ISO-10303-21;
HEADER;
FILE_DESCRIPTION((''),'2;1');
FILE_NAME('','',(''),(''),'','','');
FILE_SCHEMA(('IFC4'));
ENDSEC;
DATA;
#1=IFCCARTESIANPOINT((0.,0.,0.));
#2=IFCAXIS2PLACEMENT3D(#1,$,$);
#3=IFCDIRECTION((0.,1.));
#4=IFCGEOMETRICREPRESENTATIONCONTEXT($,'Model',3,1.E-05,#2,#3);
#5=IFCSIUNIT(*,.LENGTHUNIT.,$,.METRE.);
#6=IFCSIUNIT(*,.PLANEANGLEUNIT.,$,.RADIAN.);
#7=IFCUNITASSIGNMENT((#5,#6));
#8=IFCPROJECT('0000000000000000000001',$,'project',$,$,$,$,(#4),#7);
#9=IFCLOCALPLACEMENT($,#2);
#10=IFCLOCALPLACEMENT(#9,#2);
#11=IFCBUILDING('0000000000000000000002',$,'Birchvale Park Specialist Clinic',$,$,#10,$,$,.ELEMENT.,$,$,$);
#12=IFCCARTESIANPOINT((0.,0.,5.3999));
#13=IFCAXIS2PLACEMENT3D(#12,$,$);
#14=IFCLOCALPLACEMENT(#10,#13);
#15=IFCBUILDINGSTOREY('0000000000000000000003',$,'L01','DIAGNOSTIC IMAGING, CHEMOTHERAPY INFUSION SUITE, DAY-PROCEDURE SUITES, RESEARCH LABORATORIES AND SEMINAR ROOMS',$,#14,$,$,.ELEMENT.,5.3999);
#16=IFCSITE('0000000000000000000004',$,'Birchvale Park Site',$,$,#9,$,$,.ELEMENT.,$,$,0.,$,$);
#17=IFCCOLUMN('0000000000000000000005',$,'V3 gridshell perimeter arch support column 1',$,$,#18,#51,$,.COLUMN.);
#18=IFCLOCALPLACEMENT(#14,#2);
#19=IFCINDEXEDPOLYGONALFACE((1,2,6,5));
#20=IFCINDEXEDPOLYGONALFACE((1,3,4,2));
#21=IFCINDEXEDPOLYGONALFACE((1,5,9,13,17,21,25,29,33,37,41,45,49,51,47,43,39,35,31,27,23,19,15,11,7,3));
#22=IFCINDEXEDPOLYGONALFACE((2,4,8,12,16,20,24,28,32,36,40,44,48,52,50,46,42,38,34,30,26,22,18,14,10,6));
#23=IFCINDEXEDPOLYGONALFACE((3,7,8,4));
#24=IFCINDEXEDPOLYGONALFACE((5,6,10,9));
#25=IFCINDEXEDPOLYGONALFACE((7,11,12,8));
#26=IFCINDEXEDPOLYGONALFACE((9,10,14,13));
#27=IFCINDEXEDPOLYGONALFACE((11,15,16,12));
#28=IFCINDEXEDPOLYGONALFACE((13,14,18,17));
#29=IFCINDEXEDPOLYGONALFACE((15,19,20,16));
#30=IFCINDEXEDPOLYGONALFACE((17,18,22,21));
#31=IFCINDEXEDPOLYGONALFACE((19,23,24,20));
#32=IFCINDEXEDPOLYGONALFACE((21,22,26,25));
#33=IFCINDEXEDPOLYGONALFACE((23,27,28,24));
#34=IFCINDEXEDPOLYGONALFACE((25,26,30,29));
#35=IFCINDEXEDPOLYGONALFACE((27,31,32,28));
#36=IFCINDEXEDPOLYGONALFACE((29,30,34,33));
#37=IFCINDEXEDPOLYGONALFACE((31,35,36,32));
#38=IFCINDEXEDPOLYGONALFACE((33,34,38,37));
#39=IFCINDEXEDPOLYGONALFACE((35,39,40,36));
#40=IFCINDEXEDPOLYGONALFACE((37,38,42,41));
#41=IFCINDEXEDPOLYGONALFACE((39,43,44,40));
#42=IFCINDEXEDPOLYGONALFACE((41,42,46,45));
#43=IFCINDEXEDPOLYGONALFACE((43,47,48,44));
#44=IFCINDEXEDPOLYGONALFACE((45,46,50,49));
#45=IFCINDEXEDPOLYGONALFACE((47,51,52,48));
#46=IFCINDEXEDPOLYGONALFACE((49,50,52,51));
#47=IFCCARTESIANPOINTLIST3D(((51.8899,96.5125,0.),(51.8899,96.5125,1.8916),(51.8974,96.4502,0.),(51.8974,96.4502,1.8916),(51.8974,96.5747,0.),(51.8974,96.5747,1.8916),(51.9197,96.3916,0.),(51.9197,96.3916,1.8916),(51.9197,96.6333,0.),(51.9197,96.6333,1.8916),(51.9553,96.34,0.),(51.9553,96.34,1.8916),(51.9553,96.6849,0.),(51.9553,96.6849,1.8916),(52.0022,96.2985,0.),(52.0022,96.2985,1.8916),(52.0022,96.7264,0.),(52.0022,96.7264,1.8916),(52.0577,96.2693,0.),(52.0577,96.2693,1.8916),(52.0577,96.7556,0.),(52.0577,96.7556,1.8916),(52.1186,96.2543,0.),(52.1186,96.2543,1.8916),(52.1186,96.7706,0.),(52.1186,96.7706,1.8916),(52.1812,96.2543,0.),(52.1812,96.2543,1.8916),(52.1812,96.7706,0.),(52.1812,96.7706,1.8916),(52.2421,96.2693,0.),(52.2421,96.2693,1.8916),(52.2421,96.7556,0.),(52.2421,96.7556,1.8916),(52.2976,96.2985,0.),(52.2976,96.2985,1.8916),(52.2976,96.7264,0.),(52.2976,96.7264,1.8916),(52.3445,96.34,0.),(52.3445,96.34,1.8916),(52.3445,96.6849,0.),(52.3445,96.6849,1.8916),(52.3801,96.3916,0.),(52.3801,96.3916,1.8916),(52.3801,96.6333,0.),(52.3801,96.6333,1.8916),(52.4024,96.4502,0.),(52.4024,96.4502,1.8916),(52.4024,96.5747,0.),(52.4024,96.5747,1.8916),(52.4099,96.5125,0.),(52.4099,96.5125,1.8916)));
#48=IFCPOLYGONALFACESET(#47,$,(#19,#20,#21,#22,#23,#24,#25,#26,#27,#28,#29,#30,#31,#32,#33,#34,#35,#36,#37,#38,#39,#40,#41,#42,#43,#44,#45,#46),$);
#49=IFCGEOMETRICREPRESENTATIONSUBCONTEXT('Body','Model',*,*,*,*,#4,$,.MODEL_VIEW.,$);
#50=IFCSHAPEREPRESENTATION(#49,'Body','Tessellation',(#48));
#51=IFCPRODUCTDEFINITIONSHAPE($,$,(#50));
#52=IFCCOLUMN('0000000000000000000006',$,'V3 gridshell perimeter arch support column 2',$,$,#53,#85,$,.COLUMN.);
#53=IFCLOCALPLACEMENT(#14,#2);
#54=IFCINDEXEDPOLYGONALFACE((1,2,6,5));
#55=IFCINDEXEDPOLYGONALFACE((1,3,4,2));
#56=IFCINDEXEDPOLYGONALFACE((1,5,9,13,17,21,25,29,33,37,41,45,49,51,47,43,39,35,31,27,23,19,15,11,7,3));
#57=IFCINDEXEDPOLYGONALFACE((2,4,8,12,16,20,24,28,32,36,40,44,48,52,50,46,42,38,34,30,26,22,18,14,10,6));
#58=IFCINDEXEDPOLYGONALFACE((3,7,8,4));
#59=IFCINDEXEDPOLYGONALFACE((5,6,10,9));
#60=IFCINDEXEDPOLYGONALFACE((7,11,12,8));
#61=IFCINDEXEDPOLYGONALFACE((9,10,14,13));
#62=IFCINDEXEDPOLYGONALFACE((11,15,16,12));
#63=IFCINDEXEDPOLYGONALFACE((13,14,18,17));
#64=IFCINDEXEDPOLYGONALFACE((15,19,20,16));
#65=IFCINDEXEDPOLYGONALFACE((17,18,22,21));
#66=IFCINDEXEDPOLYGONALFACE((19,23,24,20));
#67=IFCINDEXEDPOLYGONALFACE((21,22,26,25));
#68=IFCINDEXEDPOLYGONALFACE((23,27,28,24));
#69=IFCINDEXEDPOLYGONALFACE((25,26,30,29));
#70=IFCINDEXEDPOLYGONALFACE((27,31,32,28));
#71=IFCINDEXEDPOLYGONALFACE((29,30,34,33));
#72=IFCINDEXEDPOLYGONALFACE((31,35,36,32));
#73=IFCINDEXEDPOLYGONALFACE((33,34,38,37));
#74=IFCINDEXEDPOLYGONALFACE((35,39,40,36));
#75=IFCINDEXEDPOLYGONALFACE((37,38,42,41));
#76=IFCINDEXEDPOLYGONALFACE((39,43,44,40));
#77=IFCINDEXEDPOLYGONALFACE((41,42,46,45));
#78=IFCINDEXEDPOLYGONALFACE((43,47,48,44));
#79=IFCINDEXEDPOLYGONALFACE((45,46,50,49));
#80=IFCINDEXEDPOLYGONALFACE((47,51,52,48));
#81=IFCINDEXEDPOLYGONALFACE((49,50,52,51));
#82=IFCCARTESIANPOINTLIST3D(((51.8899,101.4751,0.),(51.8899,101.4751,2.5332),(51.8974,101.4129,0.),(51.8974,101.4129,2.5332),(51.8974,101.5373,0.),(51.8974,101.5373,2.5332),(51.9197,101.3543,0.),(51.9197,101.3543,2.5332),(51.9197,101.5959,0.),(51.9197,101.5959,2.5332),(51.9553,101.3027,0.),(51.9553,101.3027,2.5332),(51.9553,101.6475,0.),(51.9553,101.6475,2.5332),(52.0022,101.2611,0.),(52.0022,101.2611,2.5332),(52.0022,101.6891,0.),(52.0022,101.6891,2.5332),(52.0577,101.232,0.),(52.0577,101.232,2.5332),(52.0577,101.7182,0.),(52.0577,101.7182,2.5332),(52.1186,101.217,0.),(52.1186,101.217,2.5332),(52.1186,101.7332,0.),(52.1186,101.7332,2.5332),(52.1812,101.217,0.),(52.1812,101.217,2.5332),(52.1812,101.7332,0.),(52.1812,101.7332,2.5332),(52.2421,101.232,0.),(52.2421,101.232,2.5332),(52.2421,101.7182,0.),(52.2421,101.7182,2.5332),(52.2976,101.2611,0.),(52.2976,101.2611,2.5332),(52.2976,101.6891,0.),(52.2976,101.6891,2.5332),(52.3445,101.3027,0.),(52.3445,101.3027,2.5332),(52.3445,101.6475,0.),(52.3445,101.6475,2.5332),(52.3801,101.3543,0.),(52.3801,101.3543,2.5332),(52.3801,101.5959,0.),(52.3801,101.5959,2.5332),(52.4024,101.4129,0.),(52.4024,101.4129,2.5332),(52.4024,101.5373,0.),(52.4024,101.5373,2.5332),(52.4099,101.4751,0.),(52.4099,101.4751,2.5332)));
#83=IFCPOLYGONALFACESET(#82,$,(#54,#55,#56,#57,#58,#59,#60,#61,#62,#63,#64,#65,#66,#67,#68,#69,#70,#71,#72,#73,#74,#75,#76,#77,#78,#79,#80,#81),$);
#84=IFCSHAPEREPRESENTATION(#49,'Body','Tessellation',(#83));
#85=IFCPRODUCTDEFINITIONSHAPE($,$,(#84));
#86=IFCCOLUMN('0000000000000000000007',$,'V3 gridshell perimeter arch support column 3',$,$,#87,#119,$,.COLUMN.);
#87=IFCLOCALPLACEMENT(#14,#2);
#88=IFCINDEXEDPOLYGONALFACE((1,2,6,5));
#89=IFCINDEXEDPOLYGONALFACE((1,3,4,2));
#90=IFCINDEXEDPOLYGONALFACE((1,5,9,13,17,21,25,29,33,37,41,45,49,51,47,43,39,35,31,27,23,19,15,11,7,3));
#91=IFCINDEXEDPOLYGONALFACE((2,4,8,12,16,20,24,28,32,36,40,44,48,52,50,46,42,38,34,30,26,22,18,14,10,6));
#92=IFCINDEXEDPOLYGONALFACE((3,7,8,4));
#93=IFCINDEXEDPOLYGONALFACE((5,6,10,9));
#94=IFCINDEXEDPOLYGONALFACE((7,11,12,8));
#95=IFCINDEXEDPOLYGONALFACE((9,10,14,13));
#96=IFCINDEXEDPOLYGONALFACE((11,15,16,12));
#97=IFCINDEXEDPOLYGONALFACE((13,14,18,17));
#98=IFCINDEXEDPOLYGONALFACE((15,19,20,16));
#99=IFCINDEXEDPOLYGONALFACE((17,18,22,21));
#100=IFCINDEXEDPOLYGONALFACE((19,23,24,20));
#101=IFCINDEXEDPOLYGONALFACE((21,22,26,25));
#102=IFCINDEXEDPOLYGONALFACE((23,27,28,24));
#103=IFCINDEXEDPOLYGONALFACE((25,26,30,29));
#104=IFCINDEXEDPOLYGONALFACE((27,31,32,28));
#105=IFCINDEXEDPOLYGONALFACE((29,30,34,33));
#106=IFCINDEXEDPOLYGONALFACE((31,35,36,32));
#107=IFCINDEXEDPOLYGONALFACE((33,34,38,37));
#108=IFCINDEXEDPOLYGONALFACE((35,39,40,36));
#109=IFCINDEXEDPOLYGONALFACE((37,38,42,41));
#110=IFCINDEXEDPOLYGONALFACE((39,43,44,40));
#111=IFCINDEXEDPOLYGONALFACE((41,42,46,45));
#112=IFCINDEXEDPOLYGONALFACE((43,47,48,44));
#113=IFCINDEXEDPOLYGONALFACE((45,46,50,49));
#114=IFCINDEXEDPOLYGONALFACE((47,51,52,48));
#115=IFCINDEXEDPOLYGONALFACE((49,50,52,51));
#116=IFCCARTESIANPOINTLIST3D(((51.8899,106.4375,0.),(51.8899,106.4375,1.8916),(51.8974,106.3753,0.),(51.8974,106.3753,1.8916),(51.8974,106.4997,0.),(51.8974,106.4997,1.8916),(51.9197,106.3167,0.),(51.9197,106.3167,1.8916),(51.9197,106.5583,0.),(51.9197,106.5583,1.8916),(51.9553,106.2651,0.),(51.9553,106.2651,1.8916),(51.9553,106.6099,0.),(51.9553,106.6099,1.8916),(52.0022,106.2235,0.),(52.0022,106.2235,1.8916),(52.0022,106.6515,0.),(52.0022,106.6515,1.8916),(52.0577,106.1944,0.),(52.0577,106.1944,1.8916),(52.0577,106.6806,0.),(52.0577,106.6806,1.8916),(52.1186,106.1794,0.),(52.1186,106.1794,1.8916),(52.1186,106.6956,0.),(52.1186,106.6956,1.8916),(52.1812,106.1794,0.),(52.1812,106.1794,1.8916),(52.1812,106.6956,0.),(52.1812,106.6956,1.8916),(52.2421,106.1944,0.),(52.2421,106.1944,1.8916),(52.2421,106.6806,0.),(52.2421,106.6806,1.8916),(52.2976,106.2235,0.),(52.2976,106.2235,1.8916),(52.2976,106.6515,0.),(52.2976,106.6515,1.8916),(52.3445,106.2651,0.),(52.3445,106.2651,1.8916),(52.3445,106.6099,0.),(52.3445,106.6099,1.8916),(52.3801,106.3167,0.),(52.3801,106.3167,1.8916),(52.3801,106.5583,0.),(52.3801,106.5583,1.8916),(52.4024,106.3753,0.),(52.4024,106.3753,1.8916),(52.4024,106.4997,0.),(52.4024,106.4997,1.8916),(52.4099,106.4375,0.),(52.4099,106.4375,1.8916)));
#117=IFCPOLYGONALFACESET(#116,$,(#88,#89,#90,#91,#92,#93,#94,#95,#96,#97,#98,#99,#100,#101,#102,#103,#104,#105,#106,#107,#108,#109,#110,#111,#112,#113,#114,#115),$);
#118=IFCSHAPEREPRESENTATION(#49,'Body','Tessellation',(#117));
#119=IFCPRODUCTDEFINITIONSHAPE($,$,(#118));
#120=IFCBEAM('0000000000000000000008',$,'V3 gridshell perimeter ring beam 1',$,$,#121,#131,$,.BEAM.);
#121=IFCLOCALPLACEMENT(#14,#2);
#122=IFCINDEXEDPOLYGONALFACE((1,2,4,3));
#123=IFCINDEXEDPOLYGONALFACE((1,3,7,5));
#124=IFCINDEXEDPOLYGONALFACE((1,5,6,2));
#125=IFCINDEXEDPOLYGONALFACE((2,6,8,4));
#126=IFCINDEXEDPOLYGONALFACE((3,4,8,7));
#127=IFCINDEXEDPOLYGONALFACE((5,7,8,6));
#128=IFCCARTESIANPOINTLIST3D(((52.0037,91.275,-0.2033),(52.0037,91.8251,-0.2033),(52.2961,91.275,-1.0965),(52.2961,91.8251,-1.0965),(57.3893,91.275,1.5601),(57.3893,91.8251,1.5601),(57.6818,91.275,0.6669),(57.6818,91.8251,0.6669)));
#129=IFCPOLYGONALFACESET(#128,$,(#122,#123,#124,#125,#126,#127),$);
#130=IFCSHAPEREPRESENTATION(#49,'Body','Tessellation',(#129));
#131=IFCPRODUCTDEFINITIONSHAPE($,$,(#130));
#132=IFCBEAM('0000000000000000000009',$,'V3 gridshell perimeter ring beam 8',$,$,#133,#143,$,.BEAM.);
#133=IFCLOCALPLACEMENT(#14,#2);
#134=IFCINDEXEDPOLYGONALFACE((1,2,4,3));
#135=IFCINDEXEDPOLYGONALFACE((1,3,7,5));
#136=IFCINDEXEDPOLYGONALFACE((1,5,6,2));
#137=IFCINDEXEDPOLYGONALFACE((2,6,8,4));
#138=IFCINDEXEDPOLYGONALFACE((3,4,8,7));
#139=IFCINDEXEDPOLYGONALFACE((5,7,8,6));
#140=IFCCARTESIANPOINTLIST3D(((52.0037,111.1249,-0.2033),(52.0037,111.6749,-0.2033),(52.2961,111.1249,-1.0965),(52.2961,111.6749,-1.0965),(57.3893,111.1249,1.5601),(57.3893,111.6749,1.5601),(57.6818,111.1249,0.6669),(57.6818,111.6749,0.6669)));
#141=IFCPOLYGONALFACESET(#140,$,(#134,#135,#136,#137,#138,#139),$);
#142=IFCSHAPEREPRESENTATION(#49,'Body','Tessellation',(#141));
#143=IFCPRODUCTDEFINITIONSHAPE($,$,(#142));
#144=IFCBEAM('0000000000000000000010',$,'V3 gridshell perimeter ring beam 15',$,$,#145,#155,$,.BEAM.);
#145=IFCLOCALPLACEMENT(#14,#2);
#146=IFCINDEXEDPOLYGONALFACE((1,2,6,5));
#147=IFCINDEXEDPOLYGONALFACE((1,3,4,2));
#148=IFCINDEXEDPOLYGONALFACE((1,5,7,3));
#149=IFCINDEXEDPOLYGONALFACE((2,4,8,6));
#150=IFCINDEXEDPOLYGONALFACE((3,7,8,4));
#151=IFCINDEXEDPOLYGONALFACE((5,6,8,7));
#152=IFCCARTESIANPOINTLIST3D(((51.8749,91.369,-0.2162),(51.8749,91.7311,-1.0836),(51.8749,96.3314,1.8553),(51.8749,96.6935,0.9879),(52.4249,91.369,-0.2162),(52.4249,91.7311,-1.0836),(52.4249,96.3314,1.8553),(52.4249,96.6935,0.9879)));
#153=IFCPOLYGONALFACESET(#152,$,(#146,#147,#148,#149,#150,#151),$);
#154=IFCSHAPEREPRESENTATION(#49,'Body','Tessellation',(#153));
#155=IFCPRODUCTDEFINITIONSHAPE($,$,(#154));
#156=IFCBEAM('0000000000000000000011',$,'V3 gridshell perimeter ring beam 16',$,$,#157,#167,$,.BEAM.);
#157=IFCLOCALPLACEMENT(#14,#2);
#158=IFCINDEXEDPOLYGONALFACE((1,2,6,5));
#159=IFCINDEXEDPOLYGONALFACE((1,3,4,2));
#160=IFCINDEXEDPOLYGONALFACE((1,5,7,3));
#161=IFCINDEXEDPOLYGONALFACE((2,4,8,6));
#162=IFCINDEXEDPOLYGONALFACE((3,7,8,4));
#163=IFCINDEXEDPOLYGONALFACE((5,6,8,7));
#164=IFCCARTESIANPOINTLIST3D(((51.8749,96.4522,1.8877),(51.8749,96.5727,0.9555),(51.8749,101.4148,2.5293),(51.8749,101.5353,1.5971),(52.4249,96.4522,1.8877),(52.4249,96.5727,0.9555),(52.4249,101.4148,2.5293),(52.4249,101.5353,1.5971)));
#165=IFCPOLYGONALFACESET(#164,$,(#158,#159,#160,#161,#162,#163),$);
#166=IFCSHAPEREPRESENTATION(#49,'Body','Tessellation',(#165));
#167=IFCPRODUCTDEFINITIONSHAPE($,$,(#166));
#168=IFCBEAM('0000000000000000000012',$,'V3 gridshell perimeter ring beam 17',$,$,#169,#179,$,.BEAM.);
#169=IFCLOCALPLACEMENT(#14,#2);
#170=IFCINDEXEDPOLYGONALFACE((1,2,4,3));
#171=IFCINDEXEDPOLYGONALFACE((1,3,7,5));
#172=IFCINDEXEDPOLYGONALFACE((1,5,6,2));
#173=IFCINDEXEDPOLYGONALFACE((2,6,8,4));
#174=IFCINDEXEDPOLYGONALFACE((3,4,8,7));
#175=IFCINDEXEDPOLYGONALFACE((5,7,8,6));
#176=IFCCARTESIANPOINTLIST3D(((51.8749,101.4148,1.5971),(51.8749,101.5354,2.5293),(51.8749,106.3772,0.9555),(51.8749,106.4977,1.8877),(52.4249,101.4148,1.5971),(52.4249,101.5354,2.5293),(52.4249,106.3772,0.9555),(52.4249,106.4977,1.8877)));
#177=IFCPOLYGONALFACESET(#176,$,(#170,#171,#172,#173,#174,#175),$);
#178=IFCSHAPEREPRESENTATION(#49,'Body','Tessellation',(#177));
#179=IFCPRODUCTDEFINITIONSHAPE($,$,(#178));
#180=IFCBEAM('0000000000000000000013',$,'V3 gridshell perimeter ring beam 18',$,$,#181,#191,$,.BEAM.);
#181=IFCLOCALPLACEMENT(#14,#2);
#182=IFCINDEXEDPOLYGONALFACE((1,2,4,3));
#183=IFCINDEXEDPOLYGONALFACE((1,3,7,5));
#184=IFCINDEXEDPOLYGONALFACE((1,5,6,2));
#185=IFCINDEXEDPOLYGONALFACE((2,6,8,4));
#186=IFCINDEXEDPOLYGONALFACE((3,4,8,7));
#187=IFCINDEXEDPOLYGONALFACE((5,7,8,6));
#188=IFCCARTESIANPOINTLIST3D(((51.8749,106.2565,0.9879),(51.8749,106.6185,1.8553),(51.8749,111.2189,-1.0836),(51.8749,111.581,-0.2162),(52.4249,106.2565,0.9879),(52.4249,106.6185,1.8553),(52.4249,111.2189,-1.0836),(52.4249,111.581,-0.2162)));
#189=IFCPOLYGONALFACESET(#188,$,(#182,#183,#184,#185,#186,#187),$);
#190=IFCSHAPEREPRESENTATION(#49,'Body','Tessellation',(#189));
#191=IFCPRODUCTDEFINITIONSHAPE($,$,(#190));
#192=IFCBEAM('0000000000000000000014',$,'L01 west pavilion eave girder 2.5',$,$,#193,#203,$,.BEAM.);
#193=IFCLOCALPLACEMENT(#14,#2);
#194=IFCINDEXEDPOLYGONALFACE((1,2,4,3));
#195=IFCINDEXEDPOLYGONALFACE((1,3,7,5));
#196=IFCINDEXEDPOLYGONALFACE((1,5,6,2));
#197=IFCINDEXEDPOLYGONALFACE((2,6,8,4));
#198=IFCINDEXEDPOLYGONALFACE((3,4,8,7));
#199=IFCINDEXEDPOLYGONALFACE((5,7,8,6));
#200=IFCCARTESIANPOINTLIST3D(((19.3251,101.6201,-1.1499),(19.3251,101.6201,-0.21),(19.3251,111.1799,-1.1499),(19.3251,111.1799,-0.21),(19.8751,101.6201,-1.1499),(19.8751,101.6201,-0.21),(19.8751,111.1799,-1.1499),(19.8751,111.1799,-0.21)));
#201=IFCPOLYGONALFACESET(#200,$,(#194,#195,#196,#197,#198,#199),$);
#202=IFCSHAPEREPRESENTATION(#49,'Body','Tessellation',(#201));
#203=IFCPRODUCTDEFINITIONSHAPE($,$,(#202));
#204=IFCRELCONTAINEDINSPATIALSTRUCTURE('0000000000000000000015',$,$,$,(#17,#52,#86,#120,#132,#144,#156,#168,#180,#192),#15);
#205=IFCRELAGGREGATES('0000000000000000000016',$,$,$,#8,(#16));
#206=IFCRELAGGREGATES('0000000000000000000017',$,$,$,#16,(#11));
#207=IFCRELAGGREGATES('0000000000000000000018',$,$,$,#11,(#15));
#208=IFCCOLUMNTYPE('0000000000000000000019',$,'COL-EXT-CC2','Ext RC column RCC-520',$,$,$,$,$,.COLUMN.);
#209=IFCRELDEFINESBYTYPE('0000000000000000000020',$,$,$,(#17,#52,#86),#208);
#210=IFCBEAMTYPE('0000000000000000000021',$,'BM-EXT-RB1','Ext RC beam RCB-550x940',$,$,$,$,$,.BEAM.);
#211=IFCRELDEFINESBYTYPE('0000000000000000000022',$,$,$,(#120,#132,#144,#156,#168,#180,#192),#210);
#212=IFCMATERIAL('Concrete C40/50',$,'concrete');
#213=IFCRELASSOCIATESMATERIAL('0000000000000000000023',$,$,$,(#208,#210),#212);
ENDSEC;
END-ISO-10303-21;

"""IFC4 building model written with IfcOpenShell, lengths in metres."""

from ifc_helpers import new_model, si_unit, direction, frame, origin, origin_2d, place, context, subcontext, project, spatial, rectangle, circle, extrude, material, material_profile, profile_set, type_object, element, save


model = new_model("IFC4")

# Units and contexts
model_context = context("Model", 3, precision=1e-05, world=origin(), true_north=direction((0.0, 1.0)))
body_context = subcontext(model_context, "Body", "Model", "MODEL_VIEW")
ifc_project = project(units=[si_unit("LENGTHUNIT", "METRE"), si_unit("PLANEANGLEUNIT", "RADIAN")], contexts=[model_context])

# Site, building, storey
site_placement = place(None, origin())
site = spatial("IfcSite", under=ifc_project, at=site_placement, Name="Birchvale Park Site", CompositionType="ELEMENT", RefElevation=0.0)
building_placement = place(site_placement, origin())
building = spatial("IfcBuilding", under=site, at=building_placement, Name="Birchvale Park Specialist Clinic", CompositionType="ELEMENT")
storey_placement = place(building_placement, frame((0.0, 0.0, 5.3999)))
storey = spatial("IfcBuildingStorey", under=building, at=storey_placement, Name="L01", Description="DIAGNOSTIC IMAGING, CHEMOTHERAPY INFUSION SUITE, DAY-PROCEDURE SUITES, RESEARCH LABORATORIES AND SEMINAR ROOMS", CompositionType="ELEMENT", Elevation=5.3999)

# Columns
ifc_material_1 = material(Name="Concrete C40/50", Category="concrete")
ifc_material_profile_1 = material_profile(ifc_material_1, circle(Radius=0.26, at=origin_2d()), Name="RCC-520")
ifc_profile_set_1 = profile_set([ifc_material_profile_1], Name="Concrete C40/50")
column_type = type_object("IfcColumnType", Name="COL-EXT-CC2", Description="Ext RC column RCC-520", PredefinedType="COLUMN", material=ifc_profile_set_1)
column_1_placement = place(storey_placement, frame((52.1499, 96.5125, 0.0), z_axis=(0.0, 0.0, 1.0), x_axis=(1.0, 0.0, 0.0)))
element("IfcColumn", 1, at=column_1_placement, inside=storey, type_object=column_type, Name="V3 gridshell perimeter arch support column 1", PredefinedType="COLUMN", context=body_context, shape_type="SweptSolid", body=[
    extrude(circle(Radius=0.26, at=origin_2d()), origin(), (0.0, 0.0, 1.0), 1.8916),
])
column_2_placement = place(storey_placement, frame((52.1499, 101.4751, 0.0), z_axis=(0.0, 0.0, 1.0), x_axis=(1.0, 0.0, 0.0)))
element("IfcColumn", 2, at=column_2_placement, inside=storey, type_object=column_type, Name="V3 gridshell perimeter arch support column 2", PredefinedType="COLUMN", context=body_context, shape_type="SweptSolid", body=[
    extrude(circle(Radius=0.26, at=origin_2d()), origin(), (0.0, 0.0, 1.0), 2.5332),
])
column_3_placement = place(storey_placement, frame((52.1499, 106.4375, 0.0), z_axis=(0.0, 0.0, 1.0), x_axis=(1.0, 0.0, 0.0)))
element("IfcColumn", 3, at=column_3_placement, inside=storey, type_object=column_type, Name="V3 gridshell perimeter arch support column 3", PredefinedType="COLUMN", context=body_context, shape_type="SweptSolid", body=[
    extrude(circle(Radius=0.26, at=origin_2d()), origin(), (0.0, 0.0, 1.0), 1.8916),
])

# Beams
ifc_material_profile_2 = material_profile(ifc_material_1, rectangle(XDim=0.55, YDim=0.9399, at=origin_2d()), Name="RCB-550x940")
ifc_profile_set_2 = profile_set([ifc_material_profile_2], Name="Concrete C40/50")
beam_type = type_object("IfcBeamType", Name="BM-EXT-RB1", Description="Ext RC beam RCB-550x940", PredefinedType="BEAM", material=ifc_profile_set_2)
for number, where, z_axis, x_axis, name in (
    (4, (52.1499, 91.55, -0.6499), (0.950354, 0.0, 0.31117), (0.0, 1.0, 0.0), "V3 gridshell perimeter ring beam 1"),
    (5, (52.1499, 111.3999, -0.6499), (0.950354, 0.0, 0.31117), (0.0, 1.0, 0.0), "V3 gridshell perimeter ring beam 8"),
):
    element("IfcBeam", number, at=place(storey_placement, frame(where, z_axis=z_axis, x_axis=x_axis)), inside=storey, type_object=beam_type, Name=name, PredefinedType="BEAM", context=body_context, shape_type="SweptSolid", body=[
        extrude(rectangle(XDim=0.55, YDim=0.9399, at=origin_2d()), origin(), (0.0, 0.0, 1.0), 5.667),
    ])
beam_1_placement = place(storey_placement, frame((52.1499, 91.55, -0.6499), z_axis=(0.0, 0.922822, 0.385228), x_axis=(-1.0, 0.0, 0.0)))
element("IfcBeam", 6, at=beam_1_placement, inside=storey, type_object=beam_type, Name="V3 gridshell perimeter ring beam 15", PredefinedType="BEAM", context=body_context, shape_type="SweptSolid", body=[
    extrude(rectangle(XDim=0.55, YDim=0.9399, at=origin_2d()), origin(), (0.0, 0.0, 1.0), 5.3774),
])
beam_2_placement = place(storey_placement, frame((52.1499, 96.5125, 1.4216), z_axis=(0.0, 0.991746, 0.128219), x_axis=(-1.0, 0.0, 0.0)))
element("IfcBeam", 7, at=beam_2_placement, inside=storey, type_object=beam_type, Name="V3 gridshell perimeter ring beam 16", PredefinedType="BEAM", context=body_context, shape_type="SweptSolid", body=[
    extrude(rectangle(XDim=0.55, YDim=0.9399, at=origin_2d()), origin(), (0.0, 0.0, 1.0), 5.0039),
])
beam_3_placement = place(storey_placement, frame((52.1499, 101.4751, 2.0632), z_axis=(0.0, 0.991745, -0.128225), x_axis=(-1.0, 0.0, 0.0)))
element("IfcBeam", 8, at=beam_3_placement, inside=storey, type_object=beam_type, Name="V3 gridshell perimeter ring beam 17", PredefinedType="BEAM", context=body_context, shape_type="SweptSolid", body=[
    extrude(rectangle(XDim=0.55, YDim=0.9399, at=origin_2d()), origin(), (0.0, 0.0, 1.0), 5.0037),
])
beam_4_placement = place(storey_placement, frame((52.1499, 106.4375, 1.4216), z_axis=(0.0, 0.922822, -0.385228), x_axis=(-1.0, 0.0, 0.0)))
element("IfcBeam", 9, at=beam_4_placement, inside=storey, type_object=beam_type, Name="V3 gridshell perimeter ring beam 18", PredefinedType="BEAM", context=body_context, shape_type="SweptSolid", body=[
    extrude(rectangle(XDim=0.55, YDim=0.9399, at=origin_2d()), origin(), (0.0, 0.0, 1.0), 5.3774),
])
beam_5_placement = place(storey_placement, frame((19.6001, 101.6201, -0.6799), z_axis=(0.0, 1.0, 0.0), x_axis=(-1.0, 0.0, 0.0)))
element("IfcBeam", 10, at=beam_5_placement, inside=storey, type_object=beam_type, Name="L01 west pavilion eave girder 2.5", PredefinedType="BEAM", context=body_context, shape_type="SweptSolid", body=[
    extrude(rectangle(XDim=0.55, YDim=0.9399, at=origin_2d()), origin(), (0.0, 0.0, 1.0), 9.5598),
])

save(model, "model.ifc")
